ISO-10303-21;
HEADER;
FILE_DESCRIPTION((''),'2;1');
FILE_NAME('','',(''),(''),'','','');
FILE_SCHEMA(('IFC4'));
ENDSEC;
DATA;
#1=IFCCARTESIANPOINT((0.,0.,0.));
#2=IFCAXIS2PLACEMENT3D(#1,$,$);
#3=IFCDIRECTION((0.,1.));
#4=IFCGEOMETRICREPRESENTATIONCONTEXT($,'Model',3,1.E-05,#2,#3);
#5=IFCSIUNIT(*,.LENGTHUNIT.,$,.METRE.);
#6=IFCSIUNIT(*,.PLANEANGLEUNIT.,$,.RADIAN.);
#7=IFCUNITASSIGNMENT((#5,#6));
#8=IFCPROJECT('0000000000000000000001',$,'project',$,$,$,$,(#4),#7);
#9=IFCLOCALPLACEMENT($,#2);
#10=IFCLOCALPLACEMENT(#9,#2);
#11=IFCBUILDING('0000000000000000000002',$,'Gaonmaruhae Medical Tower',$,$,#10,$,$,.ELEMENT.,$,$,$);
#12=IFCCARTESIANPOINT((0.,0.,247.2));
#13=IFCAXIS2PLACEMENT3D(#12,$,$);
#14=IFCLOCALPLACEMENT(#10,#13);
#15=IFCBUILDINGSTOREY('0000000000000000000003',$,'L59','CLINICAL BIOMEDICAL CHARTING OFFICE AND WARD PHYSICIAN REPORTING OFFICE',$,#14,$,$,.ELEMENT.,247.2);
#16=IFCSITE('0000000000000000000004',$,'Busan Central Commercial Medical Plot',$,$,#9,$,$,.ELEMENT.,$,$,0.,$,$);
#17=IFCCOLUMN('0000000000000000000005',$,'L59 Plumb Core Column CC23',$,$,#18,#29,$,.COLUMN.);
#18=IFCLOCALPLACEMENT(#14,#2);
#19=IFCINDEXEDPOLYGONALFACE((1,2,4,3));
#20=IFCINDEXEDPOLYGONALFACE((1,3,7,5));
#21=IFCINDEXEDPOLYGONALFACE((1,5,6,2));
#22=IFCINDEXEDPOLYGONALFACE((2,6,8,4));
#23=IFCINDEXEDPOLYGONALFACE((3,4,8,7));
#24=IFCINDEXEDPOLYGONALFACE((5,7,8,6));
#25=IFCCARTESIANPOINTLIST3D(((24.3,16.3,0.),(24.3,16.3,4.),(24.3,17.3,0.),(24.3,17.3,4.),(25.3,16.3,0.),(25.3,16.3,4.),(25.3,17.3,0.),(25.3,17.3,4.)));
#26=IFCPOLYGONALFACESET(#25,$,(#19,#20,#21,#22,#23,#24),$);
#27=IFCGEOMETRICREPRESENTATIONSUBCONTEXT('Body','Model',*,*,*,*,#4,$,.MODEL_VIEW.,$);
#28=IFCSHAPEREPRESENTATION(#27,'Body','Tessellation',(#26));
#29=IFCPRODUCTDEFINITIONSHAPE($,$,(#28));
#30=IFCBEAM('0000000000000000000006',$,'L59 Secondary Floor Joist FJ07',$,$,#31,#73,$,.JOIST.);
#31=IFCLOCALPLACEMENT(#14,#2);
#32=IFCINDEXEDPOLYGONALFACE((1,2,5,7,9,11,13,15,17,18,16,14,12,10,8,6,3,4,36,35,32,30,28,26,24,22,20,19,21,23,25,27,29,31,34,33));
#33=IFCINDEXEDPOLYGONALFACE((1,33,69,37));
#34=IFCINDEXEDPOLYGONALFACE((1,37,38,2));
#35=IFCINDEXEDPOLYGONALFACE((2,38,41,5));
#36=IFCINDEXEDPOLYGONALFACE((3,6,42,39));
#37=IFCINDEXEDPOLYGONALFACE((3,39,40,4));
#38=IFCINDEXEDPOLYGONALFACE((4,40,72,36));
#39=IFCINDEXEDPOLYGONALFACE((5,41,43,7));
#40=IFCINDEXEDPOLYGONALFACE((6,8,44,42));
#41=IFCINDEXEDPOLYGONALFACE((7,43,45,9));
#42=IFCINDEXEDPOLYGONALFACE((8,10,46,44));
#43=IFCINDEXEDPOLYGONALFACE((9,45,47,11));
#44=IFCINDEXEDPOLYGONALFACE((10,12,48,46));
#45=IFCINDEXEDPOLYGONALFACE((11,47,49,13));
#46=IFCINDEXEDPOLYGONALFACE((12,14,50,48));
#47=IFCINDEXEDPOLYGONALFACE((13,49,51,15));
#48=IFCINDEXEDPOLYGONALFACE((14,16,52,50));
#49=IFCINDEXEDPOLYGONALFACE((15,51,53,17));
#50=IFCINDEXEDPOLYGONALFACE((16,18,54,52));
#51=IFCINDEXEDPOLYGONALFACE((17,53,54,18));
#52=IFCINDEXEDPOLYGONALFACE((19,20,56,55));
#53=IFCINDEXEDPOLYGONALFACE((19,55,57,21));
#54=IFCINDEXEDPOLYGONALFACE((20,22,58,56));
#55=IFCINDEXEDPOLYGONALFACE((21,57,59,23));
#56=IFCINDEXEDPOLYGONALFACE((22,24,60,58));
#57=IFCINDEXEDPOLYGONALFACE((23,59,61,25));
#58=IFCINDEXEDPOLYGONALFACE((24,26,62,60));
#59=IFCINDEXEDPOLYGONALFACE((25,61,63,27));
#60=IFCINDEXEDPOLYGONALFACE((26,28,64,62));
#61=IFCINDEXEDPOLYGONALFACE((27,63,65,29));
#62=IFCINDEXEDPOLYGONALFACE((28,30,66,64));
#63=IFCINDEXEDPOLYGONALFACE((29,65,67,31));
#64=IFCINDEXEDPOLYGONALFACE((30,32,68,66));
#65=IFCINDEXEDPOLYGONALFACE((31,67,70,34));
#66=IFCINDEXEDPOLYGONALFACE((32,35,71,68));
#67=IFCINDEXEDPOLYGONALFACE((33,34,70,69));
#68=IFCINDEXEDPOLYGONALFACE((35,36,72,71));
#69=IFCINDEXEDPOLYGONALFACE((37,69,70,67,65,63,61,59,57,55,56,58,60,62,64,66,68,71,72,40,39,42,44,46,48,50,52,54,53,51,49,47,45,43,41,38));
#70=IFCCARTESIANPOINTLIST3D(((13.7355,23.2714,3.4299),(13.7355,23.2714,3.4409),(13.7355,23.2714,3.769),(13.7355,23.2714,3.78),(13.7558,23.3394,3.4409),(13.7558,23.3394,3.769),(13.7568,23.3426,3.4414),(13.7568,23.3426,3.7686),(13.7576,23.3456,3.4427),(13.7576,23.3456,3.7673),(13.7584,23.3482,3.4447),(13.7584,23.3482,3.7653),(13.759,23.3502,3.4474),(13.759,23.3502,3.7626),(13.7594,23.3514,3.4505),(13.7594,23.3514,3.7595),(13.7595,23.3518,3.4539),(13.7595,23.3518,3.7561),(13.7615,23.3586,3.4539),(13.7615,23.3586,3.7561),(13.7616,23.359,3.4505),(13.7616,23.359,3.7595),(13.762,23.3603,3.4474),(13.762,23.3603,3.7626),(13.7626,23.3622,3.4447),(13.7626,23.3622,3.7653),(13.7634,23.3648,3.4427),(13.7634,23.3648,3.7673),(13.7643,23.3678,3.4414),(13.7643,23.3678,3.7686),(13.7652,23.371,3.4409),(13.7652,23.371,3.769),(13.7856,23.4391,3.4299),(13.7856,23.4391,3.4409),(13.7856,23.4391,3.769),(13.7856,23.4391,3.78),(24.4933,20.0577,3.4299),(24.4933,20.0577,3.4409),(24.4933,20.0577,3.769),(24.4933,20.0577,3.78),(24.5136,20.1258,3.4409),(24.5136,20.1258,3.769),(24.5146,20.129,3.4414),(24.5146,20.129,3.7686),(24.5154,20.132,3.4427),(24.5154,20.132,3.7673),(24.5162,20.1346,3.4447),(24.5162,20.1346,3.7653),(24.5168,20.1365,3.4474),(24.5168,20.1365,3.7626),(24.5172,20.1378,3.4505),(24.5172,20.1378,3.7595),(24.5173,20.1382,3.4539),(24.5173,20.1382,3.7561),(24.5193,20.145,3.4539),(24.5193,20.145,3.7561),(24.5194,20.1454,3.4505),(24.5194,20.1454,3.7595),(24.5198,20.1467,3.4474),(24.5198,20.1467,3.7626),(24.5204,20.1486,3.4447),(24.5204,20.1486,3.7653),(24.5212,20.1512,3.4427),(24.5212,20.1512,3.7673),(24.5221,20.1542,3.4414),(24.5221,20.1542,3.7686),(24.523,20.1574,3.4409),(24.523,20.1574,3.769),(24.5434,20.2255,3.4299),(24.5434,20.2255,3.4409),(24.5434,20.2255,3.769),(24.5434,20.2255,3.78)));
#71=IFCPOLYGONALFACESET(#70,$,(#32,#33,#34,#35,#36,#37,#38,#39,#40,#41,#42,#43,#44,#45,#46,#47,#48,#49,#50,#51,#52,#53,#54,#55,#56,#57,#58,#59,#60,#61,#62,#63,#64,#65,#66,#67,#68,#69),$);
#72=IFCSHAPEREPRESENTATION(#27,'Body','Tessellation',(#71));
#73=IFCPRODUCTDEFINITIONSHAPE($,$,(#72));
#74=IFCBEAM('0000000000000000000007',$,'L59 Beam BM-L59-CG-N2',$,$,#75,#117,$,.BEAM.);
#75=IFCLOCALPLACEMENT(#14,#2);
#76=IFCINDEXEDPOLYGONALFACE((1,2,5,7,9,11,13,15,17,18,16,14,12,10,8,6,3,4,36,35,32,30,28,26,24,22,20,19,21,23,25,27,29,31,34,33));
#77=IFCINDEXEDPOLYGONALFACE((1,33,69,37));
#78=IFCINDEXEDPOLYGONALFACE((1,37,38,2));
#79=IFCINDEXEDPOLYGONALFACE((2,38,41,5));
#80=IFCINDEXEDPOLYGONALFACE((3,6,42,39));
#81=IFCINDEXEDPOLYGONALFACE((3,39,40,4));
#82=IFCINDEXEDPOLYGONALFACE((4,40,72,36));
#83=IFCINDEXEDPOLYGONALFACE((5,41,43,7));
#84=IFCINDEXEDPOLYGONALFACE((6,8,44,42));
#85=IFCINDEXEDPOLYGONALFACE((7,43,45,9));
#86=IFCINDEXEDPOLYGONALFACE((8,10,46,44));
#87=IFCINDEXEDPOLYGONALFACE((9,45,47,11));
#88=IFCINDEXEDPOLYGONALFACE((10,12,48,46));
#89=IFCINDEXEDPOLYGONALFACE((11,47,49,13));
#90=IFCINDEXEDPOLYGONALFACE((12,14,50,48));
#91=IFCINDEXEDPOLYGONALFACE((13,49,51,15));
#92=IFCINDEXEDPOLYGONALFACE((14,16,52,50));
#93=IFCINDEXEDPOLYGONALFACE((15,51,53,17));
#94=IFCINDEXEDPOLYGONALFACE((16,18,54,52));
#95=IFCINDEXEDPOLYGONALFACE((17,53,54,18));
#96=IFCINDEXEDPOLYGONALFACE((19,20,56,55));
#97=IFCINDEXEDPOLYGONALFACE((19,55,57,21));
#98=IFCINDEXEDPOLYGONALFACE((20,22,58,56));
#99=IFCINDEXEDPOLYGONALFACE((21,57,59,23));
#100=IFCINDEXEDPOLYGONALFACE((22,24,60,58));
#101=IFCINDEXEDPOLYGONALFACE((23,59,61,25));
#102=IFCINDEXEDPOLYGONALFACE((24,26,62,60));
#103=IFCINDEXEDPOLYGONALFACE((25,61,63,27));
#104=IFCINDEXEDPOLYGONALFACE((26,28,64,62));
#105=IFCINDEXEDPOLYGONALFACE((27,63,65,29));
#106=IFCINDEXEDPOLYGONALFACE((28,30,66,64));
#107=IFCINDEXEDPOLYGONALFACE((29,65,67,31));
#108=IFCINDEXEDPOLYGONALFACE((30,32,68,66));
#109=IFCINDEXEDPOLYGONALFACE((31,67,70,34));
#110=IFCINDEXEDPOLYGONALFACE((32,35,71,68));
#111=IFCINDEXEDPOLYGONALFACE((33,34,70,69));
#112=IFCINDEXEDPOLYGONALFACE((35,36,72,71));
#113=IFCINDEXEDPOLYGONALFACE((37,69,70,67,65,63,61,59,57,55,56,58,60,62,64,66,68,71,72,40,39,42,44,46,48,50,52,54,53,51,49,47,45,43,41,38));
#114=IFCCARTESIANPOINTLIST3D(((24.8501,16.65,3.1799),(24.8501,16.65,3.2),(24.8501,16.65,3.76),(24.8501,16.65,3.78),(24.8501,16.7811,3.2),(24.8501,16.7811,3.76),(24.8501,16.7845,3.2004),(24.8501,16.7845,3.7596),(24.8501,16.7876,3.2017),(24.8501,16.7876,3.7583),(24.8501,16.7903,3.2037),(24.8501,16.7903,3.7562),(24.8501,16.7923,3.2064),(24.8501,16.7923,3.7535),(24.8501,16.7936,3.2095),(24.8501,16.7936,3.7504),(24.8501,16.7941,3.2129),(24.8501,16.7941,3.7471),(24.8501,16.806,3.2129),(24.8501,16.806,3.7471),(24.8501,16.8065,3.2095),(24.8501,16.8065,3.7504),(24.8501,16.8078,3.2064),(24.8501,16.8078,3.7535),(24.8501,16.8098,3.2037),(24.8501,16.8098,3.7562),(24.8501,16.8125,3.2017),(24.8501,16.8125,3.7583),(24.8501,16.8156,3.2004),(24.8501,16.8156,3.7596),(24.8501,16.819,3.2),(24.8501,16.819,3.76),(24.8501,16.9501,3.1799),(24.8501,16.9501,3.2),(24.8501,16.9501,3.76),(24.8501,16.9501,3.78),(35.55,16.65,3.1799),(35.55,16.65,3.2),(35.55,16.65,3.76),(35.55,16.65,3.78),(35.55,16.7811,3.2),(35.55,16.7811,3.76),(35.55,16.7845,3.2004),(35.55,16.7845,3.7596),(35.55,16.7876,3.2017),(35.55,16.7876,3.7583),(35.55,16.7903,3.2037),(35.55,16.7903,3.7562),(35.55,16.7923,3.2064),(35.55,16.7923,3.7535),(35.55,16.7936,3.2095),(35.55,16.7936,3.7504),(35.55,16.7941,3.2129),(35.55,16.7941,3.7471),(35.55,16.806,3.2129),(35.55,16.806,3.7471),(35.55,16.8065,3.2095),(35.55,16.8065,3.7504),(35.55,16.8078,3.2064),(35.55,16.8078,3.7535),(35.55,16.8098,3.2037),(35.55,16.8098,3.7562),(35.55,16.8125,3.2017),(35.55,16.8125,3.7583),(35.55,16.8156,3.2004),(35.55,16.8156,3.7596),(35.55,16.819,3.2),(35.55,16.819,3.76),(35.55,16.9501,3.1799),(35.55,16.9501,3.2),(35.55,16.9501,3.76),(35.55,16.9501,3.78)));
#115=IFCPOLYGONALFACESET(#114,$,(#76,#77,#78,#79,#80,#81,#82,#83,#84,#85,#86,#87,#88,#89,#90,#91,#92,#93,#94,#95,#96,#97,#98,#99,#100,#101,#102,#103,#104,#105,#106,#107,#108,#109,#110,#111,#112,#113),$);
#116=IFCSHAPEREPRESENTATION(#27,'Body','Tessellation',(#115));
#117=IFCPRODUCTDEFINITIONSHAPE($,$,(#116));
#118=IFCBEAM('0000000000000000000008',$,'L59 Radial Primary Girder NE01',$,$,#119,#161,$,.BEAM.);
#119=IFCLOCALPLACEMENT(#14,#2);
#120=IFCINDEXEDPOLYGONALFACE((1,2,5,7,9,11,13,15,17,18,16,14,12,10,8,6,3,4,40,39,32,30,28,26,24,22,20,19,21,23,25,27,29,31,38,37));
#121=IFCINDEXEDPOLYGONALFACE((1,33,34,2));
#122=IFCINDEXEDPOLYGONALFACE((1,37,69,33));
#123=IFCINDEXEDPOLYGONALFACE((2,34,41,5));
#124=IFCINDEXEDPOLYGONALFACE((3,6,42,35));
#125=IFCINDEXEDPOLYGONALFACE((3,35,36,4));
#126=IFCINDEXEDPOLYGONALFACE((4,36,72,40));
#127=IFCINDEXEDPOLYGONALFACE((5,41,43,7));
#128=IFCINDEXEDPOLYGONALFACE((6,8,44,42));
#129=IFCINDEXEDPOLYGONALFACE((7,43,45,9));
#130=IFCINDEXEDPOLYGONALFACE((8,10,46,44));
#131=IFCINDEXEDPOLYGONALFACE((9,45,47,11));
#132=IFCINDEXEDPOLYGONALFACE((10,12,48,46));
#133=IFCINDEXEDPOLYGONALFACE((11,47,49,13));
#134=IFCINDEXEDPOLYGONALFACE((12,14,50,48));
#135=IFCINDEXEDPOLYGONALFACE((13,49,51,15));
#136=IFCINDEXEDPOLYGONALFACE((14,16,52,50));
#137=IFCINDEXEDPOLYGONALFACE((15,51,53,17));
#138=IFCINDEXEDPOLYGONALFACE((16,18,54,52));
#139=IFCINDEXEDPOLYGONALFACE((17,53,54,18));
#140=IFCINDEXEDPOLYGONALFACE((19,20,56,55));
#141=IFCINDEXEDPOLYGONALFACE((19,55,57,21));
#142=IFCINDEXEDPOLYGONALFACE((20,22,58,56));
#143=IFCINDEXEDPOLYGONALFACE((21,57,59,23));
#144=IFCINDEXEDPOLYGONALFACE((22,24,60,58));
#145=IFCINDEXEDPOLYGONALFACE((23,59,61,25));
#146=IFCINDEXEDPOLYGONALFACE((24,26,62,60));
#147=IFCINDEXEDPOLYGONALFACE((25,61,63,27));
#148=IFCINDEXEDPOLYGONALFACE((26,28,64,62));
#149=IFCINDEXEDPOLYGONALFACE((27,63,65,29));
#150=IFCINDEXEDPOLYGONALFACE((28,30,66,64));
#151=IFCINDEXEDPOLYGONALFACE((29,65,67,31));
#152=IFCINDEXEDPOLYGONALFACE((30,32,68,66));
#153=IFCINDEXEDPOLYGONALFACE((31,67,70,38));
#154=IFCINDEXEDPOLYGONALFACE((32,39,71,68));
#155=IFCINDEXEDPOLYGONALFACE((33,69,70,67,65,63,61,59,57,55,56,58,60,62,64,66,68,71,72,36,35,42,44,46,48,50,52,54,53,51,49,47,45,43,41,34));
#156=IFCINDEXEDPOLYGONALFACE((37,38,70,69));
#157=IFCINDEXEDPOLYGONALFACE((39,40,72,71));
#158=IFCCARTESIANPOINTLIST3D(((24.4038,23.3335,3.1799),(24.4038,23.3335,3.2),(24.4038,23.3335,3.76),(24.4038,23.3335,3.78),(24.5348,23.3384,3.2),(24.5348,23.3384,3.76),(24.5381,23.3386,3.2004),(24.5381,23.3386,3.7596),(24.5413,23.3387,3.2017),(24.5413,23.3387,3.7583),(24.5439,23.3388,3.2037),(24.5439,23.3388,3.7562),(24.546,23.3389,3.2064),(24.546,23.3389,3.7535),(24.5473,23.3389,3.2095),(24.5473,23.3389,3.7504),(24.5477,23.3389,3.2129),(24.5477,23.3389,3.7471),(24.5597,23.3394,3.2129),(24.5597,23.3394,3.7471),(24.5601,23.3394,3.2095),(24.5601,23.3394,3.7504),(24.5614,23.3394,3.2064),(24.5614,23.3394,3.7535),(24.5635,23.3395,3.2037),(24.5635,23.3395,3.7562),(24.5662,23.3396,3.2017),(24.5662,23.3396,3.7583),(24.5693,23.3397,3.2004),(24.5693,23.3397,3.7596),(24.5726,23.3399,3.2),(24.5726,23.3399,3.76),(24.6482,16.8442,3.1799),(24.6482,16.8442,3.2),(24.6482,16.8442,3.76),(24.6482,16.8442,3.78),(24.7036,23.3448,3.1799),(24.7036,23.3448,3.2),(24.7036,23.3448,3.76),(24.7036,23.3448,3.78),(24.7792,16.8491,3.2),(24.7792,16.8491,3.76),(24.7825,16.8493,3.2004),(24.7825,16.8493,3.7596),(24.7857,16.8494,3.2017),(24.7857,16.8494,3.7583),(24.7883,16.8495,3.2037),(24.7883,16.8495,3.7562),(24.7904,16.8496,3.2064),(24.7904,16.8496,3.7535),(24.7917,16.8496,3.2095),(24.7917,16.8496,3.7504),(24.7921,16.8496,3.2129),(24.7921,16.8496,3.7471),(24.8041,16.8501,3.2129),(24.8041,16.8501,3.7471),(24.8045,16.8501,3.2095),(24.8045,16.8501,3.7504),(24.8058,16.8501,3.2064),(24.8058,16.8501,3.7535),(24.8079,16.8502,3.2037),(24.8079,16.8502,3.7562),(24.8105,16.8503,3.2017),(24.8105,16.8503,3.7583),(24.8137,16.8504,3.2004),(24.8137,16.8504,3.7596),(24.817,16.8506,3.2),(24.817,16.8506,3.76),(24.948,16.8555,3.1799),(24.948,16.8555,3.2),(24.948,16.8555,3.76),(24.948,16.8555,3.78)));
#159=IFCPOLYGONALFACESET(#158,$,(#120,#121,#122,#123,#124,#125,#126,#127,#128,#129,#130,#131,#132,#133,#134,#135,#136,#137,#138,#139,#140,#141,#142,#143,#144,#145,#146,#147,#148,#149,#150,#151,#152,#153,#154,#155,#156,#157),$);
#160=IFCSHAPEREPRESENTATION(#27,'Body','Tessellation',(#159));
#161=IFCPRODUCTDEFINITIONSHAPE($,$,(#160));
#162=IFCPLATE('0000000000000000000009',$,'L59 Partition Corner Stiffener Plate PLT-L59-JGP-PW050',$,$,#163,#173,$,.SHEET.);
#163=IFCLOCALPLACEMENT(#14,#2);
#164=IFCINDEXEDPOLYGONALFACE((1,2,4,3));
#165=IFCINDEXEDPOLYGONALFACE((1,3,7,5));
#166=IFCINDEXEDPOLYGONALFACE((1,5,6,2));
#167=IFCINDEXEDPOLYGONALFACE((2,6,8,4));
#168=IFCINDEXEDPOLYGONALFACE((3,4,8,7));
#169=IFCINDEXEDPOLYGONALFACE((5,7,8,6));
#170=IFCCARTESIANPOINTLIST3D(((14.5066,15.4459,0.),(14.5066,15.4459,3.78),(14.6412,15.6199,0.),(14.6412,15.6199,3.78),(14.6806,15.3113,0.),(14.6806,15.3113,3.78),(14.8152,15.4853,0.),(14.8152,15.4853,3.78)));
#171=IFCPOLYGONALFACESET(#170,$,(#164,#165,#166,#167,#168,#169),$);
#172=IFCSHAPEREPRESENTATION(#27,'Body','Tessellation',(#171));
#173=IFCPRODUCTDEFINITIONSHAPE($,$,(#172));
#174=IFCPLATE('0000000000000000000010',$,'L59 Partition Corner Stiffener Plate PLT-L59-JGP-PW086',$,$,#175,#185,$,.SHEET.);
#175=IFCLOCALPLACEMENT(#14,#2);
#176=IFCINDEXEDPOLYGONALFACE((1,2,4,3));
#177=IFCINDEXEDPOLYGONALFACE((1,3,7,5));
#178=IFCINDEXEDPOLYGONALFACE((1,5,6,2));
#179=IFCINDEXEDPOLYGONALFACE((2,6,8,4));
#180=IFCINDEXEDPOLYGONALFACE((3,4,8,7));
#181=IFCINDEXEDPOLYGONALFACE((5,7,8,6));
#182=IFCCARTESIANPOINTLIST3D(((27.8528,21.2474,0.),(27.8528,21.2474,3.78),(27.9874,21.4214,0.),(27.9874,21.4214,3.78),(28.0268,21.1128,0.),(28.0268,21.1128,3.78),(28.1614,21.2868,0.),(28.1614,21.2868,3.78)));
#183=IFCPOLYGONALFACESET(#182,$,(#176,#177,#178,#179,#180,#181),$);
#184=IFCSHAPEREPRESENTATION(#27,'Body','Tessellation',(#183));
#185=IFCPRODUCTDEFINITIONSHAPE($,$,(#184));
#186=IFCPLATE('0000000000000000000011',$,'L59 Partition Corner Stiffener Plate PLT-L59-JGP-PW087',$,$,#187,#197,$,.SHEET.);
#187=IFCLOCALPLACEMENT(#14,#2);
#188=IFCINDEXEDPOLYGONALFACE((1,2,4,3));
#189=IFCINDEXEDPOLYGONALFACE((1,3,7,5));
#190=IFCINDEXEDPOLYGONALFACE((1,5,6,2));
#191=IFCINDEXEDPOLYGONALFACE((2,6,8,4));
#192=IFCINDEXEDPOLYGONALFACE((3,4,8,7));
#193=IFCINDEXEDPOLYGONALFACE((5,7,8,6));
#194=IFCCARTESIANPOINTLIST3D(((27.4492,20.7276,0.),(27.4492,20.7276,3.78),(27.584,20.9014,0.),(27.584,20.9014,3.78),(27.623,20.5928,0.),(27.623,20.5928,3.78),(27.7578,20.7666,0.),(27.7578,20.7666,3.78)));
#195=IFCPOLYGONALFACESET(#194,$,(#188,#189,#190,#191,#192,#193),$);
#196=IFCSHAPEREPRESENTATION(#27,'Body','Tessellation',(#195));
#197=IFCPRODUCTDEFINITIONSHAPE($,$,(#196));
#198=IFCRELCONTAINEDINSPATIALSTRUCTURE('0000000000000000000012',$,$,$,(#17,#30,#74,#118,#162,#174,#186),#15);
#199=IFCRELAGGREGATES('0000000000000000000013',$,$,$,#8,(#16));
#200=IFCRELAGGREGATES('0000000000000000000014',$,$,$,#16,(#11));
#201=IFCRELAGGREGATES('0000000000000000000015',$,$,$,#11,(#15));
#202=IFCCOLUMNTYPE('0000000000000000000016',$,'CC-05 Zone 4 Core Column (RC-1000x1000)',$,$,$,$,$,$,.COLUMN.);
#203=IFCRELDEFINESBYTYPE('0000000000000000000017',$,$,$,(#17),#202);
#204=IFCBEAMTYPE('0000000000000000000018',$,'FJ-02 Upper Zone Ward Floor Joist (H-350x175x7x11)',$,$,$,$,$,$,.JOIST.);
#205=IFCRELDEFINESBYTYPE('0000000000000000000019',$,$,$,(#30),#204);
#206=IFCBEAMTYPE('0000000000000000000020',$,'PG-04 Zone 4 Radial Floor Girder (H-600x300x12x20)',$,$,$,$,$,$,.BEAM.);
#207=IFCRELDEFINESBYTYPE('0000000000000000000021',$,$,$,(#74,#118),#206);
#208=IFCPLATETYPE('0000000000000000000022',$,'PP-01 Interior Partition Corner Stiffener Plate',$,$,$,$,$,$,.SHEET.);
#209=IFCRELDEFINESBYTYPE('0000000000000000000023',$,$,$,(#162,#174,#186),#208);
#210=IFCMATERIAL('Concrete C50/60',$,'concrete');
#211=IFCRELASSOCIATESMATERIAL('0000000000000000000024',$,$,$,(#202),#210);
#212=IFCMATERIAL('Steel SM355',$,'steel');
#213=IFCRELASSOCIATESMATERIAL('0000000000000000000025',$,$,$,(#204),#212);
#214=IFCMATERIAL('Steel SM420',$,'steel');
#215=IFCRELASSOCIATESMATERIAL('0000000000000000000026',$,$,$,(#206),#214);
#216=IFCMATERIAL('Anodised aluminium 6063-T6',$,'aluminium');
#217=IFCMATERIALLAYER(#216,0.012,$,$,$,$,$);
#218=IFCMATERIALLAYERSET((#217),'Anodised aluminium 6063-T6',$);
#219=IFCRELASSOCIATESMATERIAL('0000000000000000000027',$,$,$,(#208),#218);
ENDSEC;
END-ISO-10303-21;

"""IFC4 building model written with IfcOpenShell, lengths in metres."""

from ifc_helpers import new_model, si_unit, direction, frame, origin, origin_2d, place, context, subcontext, project, spatial, rectangle, i_section, extrude, material, layer, layer_set, material_profile, profile_set, type_object, element, save


model = new_model("IFC4")

# Units and contexts
model_context = context("Model", 3, precision=1e-05, world=origin(), true_north=direction((0.0, 1.0)))
body_context = subcontext(model_context, "Body", "Model", "MODEL_VIEW")
ifc_project = project(units=[si_unit("LENGTHUNIT", "METRE"), si_unit("PLANEANGLEUNIT", "RADIAN")], contexts=[model_context])

# Site, building, storey
site_placement = place(None, origin())
site = spatial("IfcSite", under=ifc_project, at=site_placement, Name="Busan Central Commercial Medical Plot", CompositionType="ELEMENT", RefElevation=0.0)
building_placement = place(site_placement, origin())
building = spatial("IfcBuilding", under=site, at=building_placement, Name="Gaonmaruhae Medical Tower", CompositionType="ELEMENT")
storey_placement = place(building_placement, frame((0.0, 0.0, 247.2)))
storey = spatial("IfcBuildingStorey", under=building, at=storey_placement, Name="L59", Description="CLINICAL BIOMEDICAL CHARTING OFFICE AND WARD PHYSICIAN REPORTING OFFICE", CompositionType="ELEMENT", Elevation=247.2)

# Column
ifc_material_1 = material(Name="Concrete C50/60", Category="concrete")
ifc_material_profile_1 = material_profile(ifc_material_1, rectangle(XDim=1.0, YDim=1.0, at=origin_2d()), Name="RC-1000x1000")
ifc_profile_set_1 = profile_set([ifc_material_profile_1], Name="Concrete C50/60")
column_type = type_object("IfcColumnType", Name="CC-05 Zone 4 Core Column (RC-1000x1000)", PredefinedType="COLUMN", material=ifc_profile_set_1)
column_placement = place(storey_placement, frame((24.8, 16.8, 0.0), z_axis=(0.0, 0.0, 1.0), x_axis=(1.0, 0.0, 0.0)))
element("IfcColumn", 1, at=column_placement, inside=storey, type_object=column_type, Name="L59 Plumb Core Column CC23", PredefinedType="COLUMN", context=body_context, shape_type="SweptSolid", body=[
    extrude(rectangle(XDim=1.0, YDim=1.0, at=origin_2d()), origin(), (0.0, 0.0, 1.0), 4.0),
])

# Beams
ifc_material_2 = material(Name="Steel SM355", Category="steel")
ifc_material_profile_2 = material_profile(ifc_material_2, i_section(OverallWidth=0.175, OverallDepth=0.3501, WebThickness=0.0071, FlangeThickness=0.011, FilletRadius=0.0129, at=origin_2d()), Name="H-350x175x7x11")
ifc_profile_set_2 = profile_set([ifc_material_profile_2], Name="Steel SM355")
beam_type_1 = type_object("IfcBeamType", Name="FJ-02 Upper Zone Ward Floor Joist (H-350x175x7x11)", PredefinedType="JOIST", material=ifc_profile_set_2)
beam_1_placement = place(storey_placement, frame((24.5183, 20.1416, 3.605), z_axis=(-0.958162, 0.286227, 0.0), x_axis=(-0.286227, -0.958162, 0.0)))
element("IfcBeam", 2, at=beam_1_placement, inside=storey, type_object=beam_type_1, Name="L59 Secondary Floor Joist FJ07", PredefinedType="JOIST", context=body_context, shape_type="SweptSolid", body=[
    extrude(i_section(OverallWidth=0.175, OverallDepth=0.3501, WebThickness=0.0071, FlangeThickness=0.011, FilletRadius=0.0129, at=origin_2d()), origin(), (0.0, 0.0, 1.0), 11.2275),
])
ifc_material_3 = material(Name="Steel SM420", Category="steel")
ifc_material_profile_3 = material_profile(ifc_material_3, i_section(OverallWidth=0.3, OverallDepth=0.6001, WebThickness=0.012, FlangeThickness=0.02, FilletRadius=0.0129, at=origin_2d()), Name="H-600x300x12x20")
ifc_profile_set_3 = profile_set([ifc_material_profile_3], Name="Steel SM420")
beam_type_2 = type_object("IfcBeamType", Name="PG-04 Zone 4 Radial Floor Girder (H-600x300x12x20)", PredefinedType="BEAM", material=ifc_profile_set_3)
beam_2_placement = place(storey_placement, frame((24.8501, 16.8, 3.48), z_axis=(1.0, 0.0, 0.0), x_axis=(0.0, 1.0, 0.0)))
element("IfcBeam", 3, at=beam_2_placement, inside=storey, type_object=beam_type_2, Name="L59 Beam BM-L59-CG-N2", PredefinedType="BEAM", context=body_context, shape_type="SweptSolid", body=[
    extrude(i_section(OverallWidth=0.3, OverallDepth=0.6001, WebThickness=0.012, FlangeThickness=0.02, FilletRadius=0.0129, at=origin_2d()), origin(), (0.0, 0.0, 1.0), 10.7),
])
beam_3_placement = place(storey_placement, frame((24.7981, 16.8499, 3.48), z_axis=(-0.037633, 0.999292, 0.0), x_axis=(-0.999292, -0.037633, 0.0)))
element("IfcBeam", 4, at=beam_3_placement, inside=storey, type_object=beam_type_2, Name="L59 Radial Primary Girder NE01", PredefinedType="BEAM", context=body_context, shape_type="SweptSolid", body=[
    extrude(i_section(OverallWidth=0.3, OverallDepth=0.6001, WebThickness=0.012, FlangeThickness=0.02, FilletRadius=0.0129, at=origin_2d()), origin(), (0.0, 0.0, 1.0), 6.4939),
])

# Plates
ifc_material_4 = material(Name="Anodised aluminium 6063-T6", Category="aluminium")
ifc_layer_1 = layer(ifc_material_4, 0.012)
ifc_layer_set_1 = layer_set([ifc_layer_1], Name="Anodised aluminium 6063-T6")
plate_type = type_object("IfcPlateType", Name="PP-01 Interior Partition Corner Stiffener Plate", PredefinedType="SHEET", material=ifc_layer_set_1)
for number, where, z_axis, x_axis, name in (
    (5, (14.6609, 15.4656, 0.0), (0.0, 0.0, 1.0), (-0.611941, -0.790903, 0.0), "L59 Partition Corner Stiffener Plate PLT-L59-JGP-PW050"),
    (6, (28.0071, 21.2671, 0.0), (0.0, 0.0, 1.0), (-0.611707, -0.791085, 0.0), "L59 Partition Corner Stiffener Plate PLT-L59-JGP-PW086"),
    (7, (27.6035, 20.7471, 0.0), (0.0, 0.0, 1.0), (-0.612797, -0.790241, 0.0), "L59 Partition Corner Stiffener Plate PLT-L59-JGP-PW087"),
):
    element("IfcPlate", number, at=place(storey_placement, frame(where, z_axis=z_axis, x_axis=x_axis)), inside=storey, type_object=plate_type, Name=name, PredefinedType="SHEET", context=body_context, shape_type="SweptSolid", body=[
        extrude(rectangle(XDim=0.22, YDim=0.22, at=origin_2d()), origin(), (0.0, 0.0, 1.0), 3.78),
    ])

save(model, "model.ifc")
